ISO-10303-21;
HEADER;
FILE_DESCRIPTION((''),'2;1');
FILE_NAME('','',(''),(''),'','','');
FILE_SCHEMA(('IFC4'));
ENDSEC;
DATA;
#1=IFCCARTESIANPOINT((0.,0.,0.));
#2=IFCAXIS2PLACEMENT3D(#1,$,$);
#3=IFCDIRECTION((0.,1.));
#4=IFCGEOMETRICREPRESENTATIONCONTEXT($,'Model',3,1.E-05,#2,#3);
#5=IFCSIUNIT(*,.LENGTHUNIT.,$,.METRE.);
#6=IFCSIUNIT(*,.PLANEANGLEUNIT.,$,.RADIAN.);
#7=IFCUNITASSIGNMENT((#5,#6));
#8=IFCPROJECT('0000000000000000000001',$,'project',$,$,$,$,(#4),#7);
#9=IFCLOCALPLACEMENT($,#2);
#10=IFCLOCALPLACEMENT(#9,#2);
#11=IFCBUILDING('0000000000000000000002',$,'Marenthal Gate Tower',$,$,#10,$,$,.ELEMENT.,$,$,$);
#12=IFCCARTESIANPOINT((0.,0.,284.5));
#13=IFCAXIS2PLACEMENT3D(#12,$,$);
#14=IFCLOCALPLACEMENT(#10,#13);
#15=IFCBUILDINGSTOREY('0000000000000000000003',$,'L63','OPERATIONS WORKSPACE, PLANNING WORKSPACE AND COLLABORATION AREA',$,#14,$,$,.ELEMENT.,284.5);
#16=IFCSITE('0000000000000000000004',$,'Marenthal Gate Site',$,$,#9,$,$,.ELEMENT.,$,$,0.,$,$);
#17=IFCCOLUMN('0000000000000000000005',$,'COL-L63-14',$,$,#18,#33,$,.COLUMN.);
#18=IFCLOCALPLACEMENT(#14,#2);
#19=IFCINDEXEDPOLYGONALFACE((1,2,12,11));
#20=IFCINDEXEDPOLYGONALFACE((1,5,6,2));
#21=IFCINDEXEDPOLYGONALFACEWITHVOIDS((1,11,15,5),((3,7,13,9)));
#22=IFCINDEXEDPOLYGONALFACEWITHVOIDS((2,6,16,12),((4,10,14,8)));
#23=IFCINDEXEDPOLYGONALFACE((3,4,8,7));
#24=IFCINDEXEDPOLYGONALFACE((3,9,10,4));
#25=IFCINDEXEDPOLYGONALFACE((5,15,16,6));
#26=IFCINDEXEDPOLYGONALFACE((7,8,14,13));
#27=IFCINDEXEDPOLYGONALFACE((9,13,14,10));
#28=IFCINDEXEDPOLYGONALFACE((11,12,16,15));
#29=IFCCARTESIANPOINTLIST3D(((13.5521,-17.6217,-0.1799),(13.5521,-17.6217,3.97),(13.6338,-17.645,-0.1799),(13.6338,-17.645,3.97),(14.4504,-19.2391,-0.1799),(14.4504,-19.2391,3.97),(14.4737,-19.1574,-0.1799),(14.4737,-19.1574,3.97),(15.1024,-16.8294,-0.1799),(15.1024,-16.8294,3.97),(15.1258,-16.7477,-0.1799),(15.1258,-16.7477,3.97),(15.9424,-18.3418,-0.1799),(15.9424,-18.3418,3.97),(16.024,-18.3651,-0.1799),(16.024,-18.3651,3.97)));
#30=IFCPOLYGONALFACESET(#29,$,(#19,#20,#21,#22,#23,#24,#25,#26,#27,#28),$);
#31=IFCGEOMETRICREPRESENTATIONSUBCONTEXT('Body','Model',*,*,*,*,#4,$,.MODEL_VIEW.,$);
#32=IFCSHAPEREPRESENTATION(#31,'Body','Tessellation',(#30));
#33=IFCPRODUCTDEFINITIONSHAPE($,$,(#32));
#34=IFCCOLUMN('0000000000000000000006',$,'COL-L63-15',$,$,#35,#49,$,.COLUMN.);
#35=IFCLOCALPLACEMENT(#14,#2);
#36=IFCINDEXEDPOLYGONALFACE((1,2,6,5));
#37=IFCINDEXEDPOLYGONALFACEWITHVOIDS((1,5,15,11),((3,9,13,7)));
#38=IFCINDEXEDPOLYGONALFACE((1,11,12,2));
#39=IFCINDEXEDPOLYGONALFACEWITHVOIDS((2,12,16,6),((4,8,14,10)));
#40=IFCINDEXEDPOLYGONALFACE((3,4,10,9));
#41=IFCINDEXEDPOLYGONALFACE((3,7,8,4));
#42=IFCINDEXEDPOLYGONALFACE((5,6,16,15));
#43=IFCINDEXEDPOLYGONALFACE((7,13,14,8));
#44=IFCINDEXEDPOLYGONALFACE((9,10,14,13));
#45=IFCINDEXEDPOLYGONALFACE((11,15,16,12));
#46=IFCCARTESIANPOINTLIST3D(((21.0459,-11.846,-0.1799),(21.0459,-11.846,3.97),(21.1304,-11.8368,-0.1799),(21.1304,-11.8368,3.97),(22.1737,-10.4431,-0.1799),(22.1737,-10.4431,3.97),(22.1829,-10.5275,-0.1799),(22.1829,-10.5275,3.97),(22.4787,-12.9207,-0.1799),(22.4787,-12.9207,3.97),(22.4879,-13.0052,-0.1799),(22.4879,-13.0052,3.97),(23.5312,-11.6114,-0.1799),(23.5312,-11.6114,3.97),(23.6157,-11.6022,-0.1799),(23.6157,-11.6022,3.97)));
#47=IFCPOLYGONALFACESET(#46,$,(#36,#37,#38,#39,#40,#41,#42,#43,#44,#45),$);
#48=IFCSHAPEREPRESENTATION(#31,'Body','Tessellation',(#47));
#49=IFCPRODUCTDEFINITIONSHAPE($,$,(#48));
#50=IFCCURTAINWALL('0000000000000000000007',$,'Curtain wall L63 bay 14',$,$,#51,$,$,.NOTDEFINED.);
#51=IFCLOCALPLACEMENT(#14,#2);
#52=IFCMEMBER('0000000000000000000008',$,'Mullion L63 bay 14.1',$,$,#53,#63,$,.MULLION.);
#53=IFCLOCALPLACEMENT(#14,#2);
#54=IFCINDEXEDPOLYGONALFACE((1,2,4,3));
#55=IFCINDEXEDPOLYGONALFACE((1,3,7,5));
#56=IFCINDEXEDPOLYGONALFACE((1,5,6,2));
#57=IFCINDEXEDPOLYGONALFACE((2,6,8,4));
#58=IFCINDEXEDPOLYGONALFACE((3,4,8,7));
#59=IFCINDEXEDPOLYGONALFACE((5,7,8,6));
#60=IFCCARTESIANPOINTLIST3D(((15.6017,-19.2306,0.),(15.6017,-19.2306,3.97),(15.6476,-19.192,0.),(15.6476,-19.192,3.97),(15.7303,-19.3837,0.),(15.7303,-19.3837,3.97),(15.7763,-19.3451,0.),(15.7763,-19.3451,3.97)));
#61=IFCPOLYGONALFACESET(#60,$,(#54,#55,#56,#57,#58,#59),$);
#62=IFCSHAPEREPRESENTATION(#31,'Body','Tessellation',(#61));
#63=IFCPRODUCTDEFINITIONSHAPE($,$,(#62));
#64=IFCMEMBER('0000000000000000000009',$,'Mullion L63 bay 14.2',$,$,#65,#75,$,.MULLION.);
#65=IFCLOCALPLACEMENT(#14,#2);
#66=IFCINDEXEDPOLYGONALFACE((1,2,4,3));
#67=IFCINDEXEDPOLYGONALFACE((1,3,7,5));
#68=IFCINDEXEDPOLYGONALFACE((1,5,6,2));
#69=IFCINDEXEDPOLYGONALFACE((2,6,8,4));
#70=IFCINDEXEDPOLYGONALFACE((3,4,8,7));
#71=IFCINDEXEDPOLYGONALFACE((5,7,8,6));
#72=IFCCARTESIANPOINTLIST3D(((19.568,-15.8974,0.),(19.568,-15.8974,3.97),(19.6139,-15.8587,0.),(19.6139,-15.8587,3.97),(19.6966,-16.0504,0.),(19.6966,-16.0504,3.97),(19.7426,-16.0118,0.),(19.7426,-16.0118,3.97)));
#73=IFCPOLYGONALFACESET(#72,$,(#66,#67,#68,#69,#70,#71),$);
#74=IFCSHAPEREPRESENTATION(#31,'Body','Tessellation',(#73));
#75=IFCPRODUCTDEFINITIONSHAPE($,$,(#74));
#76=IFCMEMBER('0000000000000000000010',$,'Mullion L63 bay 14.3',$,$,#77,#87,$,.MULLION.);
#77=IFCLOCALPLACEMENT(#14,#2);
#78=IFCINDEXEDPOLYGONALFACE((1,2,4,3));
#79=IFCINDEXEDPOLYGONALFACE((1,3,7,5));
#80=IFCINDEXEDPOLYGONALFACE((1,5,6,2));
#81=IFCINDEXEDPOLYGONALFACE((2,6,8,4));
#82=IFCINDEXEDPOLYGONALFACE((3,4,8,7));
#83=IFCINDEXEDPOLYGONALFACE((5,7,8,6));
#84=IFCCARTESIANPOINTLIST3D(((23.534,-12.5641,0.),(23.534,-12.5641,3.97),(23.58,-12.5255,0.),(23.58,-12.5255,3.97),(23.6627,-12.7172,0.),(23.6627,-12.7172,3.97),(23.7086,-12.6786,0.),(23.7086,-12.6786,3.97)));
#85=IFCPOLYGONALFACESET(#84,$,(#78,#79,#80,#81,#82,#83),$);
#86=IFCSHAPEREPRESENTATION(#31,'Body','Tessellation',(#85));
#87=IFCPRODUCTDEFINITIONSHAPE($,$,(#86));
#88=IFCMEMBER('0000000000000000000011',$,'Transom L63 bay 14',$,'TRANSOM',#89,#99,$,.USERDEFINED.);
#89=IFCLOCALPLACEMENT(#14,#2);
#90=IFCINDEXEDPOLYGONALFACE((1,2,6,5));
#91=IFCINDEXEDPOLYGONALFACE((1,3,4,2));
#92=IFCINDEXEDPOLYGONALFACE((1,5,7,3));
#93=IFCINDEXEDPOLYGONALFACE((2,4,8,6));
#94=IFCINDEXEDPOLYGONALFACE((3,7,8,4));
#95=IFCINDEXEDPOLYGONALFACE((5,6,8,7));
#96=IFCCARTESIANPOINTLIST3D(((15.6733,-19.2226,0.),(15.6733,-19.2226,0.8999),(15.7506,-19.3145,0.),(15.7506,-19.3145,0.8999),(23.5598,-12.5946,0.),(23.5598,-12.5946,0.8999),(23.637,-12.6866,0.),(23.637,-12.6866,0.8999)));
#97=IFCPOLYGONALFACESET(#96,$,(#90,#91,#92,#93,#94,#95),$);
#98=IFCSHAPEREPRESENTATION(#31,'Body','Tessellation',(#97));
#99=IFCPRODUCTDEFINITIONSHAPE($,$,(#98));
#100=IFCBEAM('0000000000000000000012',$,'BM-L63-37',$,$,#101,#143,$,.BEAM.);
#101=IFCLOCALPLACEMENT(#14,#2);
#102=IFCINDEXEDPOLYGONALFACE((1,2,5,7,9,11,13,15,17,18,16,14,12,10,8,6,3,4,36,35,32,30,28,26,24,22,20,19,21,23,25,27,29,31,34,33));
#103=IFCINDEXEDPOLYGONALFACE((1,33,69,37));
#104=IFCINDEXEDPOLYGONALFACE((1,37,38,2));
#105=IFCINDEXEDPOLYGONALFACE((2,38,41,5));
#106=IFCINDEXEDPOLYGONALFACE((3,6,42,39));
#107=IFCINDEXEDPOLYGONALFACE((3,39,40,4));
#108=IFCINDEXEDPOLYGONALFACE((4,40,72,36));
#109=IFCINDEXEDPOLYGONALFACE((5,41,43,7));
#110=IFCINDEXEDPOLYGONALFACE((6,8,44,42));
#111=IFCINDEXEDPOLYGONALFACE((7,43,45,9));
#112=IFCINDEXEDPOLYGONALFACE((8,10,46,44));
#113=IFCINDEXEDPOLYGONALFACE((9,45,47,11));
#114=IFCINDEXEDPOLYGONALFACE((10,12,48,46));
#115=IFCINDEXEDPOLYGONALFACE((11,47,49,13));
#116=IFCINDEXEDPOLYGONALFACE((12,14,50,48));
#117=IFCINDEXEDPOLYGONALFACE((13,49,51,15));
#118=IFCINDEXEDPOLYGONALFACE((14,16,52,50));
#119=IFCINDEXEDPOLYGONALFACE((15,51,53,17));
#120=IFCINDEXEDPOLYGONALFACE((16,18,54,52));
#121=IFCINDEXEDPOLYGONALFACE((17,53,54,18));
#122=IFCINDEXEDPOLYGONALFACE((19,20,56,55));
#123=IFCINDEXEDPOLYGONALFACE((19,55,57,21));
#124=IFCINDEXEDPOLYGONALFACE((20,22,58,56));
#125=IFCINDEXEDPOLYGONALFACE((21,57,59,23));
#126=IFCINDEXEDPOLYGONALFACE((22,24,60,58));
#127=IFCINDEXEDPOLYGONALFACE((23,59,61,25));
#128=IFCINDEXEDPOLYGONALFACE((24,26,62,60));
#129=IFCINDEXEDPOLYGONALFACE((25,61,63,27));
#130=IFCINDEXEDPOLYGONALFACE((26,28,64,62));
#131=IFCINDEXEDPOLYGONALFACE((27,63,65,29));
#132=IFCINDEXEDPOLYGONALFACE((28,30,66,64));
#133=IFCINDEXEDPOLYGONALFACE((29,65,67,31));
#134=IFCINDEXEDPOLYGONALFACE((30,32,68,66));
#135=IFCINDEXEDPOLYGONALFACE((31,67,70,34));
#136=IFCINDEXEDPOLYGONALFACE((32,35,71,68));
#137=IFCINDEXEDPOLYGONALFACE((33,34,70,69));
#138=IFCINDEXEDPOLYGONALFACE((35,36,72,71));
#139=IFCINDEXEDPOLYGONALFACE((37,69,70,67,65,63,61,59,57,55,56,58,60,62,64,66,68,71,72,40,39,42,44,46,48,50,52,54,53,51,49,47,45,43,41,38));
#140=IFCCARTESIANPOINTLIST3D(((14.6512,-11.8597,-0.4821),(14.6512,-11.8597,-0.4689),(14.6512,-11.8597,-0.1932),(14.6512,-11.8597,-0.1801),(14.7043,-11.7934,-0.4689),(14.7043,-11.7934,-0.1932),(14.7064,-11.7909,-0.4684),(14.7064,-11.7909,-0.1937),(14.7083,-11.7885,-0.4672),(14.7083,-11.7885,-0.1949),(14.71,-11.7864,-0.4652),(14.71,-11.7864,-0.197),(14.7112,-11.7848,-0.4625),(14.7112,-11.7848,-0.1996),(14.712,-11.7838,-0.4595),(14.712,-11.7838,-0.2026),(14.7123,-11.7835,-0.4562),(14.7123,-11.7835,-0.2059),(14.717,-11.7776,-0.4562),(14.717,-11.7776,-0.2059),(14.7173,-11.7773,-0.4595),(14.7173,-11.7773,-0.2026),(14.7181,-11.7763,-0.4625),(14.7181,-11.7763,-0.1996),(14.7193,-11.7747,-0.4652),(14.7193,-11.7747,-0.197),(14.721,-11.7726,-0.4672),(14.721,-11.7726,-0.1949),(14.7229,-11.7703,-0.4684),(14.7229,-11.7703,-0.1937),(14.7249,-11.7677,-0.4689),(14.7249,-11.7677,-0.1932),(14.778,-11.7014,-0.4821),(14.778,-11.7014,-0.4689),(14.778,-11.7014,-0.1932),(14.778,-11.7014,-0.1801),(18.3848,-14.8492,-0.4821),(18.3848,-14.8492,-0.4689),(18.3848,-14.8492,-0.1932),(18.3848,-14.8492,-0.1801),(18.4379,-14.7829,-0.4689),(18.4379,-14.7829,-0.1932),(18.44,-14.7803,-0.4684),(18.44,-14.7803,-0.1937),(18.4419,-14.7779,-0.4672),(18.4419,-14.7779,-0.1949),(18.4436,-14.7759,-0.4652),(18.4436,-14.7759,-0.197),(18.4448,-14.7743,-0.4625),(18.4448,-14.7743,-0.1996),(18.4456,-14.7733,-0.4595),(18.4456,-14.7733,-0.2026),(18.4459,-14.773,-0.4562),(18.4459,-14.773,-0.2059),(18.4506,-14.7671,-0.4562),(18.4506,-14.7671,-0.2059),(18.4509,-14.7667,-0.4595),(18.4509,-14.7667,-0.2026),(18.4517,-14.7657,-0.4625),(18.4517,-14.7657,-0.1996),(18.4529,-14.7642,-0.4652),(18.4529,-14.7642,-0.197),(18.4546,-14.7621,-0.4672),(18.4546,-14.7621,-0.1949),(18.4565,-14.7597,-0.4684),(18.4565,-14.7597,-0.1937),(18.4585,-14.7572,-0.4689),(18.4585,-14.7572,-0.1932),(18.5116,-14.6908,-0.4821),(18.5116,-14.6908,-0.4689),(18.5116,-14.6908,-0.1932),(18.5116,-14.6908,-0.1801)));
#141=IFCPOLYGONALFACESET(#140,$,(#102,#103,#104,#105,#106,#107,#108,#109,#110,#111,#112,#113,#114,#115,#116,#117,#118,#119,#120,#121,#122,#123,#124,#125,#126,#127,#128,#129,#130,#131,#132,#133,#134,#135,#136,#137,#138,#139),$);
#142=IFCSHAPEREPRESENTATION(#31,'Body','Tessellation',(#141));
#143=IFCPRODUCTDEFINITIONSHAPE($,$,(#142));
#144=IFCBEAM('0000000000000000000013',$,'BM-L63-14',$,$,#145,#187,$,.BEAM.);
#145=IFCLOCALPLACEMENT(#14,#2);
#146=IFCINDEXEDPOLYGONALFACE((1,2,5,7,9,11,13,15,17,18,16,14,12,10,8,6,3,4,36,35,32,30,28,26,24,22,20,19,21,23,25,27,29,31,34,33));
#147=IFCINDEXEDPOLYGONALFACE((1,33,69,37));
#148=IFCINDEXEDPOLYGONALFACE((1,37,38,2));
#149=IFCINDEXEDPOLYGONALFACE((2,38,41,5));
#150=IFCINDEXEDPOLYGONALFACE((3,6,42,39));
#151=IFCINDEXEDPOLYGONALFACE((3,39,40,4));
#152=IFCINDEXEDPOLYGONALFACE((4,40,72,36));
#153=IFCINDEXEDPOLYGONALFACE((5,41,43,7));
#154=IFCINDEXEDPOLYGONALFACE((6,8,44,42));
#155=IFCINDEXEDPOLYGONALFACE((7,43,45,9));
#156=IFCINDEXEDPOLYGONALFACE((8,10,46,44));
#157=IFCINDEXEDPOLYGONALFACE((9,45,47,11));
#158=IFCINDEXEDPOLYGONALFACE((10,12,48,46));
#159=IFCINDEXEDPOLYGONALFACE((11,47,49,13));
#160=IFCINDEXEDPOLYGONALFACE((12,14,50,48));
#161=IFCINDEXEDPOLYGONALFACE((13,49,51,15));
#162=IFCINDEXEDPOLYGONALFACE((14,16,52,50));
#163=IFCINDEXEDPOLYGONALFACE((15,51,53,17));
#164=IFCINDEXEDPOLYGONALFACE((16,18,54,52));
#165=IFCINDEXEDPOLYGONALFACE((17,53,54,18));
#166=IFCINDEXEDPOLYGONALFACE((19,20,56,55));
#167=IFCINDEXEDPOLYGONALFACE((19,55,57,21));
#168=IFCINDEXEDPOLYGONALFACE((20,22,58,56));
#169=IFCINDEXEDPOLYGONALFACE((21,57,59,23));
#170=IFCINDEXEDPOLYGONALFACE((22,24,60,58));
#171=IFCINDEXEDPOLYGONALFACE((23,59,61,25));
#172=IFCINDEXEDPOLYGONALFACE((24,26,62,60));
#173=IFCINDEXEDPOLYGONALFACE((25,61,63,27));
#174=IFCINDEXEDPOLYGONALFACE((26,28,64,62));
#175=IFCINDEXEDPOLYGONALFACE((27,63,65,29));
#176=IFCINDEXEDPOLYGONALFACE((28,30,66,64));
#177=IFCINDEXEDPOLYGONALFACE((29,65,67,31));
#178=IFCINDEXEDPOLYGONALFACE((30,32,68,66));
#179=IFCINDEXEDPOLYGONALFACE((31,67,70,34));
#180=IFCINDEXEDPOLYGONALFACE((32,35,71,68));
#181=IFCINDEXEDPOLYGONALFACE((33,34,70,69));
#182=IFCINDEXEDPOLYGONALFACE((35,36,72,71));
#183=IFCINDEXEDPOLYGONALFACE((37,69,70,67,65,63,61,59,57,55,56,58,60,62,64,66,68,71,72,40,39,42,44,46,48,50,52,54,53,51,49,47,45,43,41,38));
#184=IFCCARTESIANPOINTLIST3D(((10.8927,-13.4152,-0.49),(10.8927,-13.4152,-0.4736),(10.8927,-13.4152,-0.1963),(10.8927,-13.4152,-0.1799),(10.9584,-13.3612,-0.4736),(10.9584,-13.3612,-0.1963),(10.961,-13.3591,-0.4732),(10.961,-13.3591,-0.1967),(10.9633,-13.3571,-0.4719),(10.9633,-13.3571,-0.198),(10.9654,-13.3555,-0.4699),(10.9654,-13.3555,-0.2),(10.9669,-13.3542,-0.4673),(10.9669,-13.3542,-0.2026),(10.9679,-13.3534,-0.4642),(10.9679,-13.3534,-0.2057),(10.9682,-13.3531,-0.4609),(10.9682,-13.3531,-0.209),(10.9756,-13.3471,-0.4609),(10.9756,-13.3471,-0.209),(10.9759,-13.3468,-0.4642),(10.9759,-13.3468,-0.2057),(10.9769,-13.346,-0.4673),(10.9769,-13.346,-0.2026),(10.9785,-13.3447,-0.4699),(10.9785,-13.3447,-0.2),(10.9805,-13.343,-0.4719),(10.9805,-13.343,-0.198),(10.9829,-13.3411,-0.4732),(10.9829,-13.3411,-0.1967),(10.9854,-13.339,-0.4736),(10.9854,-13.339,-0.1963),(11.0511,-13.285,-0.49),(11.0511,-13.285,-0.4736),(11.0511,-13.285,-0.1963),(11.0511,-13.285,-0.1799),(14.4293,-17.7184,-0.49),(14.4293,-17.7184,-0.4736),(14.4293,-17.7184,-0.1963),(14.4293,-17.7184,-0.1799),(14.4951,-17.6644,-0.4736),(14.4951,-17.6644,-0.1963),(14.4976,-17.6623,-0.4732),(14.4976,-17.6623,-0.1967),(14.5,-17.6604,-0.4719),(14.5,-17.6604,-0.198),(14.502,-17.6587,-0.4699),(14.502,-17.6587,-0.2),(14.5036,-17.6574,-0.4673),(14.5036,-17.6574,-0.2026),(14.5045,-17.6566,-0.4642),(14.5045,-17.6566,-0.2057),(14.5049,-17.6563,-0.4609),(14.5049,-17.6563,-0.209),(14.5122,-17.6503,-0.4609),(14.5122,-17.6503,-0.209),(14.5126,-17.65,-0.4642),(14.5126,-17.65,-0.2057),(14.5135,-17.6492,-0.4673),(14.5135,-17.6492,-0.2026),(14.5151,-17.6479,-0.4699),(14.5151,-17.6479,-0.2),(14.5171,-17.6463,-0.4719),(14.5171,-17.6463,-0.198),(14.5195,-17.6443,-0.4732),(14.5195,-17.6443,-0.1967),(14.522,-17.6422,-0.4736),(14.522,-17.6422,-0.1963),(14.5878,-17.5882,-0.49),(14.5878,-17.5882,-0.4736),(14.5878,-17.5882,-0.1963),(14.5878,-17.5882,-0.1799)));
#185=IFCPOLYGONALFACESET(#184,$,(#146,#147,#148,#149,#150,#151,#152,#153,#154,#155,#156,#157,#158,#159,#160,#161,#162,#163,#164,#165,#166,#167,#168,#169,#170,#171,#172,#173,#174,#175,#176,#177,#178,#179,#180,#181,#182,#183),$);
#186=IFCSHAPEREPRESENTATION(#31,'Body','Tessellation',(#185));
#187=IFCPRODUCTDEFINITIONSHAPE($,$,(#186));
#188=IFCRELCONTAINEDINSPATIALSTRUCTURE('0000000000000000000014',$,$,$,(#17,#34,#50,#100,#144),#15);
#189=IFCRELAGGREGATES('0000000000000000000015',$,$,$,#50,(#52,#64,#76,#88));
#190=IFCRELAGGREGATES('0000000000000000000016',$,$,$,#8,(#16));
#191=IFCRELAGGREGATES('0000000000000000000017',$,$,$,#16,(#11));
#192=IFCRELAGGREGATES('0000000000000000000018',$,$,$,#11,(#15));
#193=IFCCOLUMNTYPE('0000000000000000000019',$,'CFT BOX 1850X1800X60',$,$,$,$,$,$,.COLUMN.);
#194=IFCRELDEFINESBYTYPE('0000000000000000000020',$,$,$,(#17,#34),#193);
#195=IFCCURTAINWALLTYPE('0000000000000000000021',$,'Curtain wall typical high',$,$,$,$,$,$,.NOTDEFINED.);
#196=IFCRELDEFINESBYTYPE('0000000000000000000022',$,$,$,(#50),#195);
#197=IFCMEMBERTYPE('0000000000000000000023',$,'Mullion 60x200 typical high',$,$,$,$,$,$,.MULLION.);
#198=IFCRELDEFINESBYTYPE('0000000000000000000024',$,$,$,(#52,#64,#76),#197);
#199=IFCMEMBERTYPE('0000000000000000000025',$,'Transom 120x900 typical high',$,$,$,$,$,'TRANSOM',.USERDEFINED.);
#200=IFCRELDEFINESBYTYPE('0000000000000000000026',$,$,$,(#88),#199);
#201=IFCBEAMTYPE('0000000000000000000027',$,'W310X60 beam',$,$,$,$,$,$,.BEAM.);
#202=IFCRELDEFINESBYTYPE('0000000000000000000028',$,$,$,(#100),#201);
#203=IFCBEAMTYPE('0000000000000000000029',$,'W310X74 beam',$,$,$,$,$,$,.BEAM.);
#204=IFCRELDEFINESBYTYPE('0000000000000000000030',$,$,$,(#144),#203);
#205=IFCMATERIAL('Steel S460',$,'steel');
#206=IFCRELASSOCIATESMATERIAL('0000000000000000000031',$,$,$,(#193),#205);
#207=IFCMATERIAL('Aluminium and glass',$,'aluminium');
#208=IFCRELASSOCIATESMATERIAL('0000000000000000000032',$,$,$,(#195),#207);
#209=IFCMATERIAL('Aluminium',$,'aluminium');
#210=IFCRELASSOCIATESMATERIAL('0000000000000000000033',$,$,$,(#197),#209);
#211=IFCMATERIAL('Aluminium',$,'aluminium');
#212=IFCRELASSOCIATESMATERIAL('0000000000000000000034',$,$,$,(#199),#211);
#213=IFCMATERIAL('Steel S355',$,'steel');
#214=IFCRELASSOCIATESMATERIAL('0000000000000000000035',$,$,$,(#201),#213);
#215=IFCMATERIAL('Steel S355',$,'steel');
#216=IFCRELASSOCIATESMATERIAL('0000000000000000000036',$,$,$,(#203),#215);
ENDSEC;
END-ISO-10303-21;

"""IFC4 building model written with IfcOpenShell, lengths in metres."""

from ifc_helpers import new_model, si_unit, direction, frame, origin, origin_2d, place, context, subcontext, project, spatial, rectangle, hollow_rectangle, i_section, extrude, material, material_profile, profile_set, type_object, element, aggregate, save


model = new_model("IFC4")

# Units and contexts
model_context = context("Model", 3, precision=1e-05, world=origin(), true_north=direction((0.0, 1.0)))
body_context = subcontext(model_context, "Body", "Model", "MODEL_VIEW")
ifc_project = project(units=[si_unit("LENGTHUNIT", "METRE"), si_unit("PLANEANGLEUNIT", "RADIAN")], contexts=[model_context])

# Site, building, storey
site_placement = place(None, origin())
site = spatial("IfcSite", under=ifc_project, at=site_placement, Name="Marenthal Gate Site", CompositionType="ELEMENT", RefElevation=0.0)
building_placement = place(site_placement, origin())
building = spatial("IfcBuilding", under=site, at=building_placement, Name="Marenthal Gate Tower", CompositionType="ELEMENT")
storey_placement = place(building_placement, frame((0.0, 0.0, 284.5)))
storey = spatial("IfcBuildingStorey", under=building, at=storey_placement, Name="L63", Description="OPERATIONS WORKSPACE, PLANNING WORKSPACE AND COLLABORATION AREA", CompositionType="ELEMENT", Elevation=284.5)

# Columns
ifc_material_1 = material(Name="Steel S460", Category="steel")
ifc_material_profile_1 = material_profile(ifc_material_1, hollow_rectangle(XDim=1.8, YDim=1.8501, WallThickness=0.0601, at=origin_2d()), Name="CFT BOX 1850X1800X60")
ifc_material_2 = material(Name="Concrete 70 MPa", Category="concrete")
ifc_material_profile_2 = material_profile(ifc_material_2, rectangle(XDim=1.6799, YDim=1.73, at=origin_2d()), Name="CFT BOX 1850X1800X60 INFILL")
ifc_profile_set_1 = profile_set([ifc_material_profile_1, ifc_material_profile_2], Name="Steel S460 shell, Concrete 70 MPa infill")
column_type = type_object("IfcColumnType", Name="CFT BOX 1850X1800X60", PredefinedType="COLUMN", material=ifc_profile_set_1)
for number, where, z_axis, x_axis, name in (
    (1, (14.7881, -17.9934, -0.1799), (0.0, 0.0, 1.0), (-0.874222, -0.485527, 0.0), "COL-L63-14"),
    (2, (22.3308, -11.7241, -0.1799), (0.0, 0.0, 1.0), (-0.62654, -0.779389, 0.0), "COL-L63-15"),
):
    element("IfcColumn", number, at=place(storey_placement, frame(where, z_axis=z_axis, x_axis=x_axis)), inside=storey, type_object=column_type, Name=name, PredefinedType="COLUMN", context=body_context, shape_type="SweptSolid", body=[
        extrude(hollow_rectangle(XDim=1.8, YDim=1.8501, WallThickness=0.0601, at=origin_2d()), origin(), (0.0, 0.0, 1.0), 4.1499),
    ])

# Curtain wall, members
ifc_material_3 = material(Name="Aluminium and glass", Category="aluminium")
curtain_wall_type = type_object("IfcCurtainWallType", Name="Curtain wall typical high", PredefinedType="NOTDEFINED", material=ifc_material_3)
curtain_wall_placement = place(storey_placement, origin())
curtain_wall = element("IfcCurtainWall", 3, at=curtain_wall_placement, inside=storey, type_object=curtain_wall_type, Name="Curtain wall L63 bay 14", PredefinedType="NOTDEFINED")
ifc_material_4 = material(Name="Aluminium", Category="aluminium")
ifc_material_profile_3 = material_profile(ifc_material_4, rectangle(XDim=0.2, YDim=0.0601, at=origin_2d()), Name="60x200 aluminium mullion")
ifc_profile_set_2 = profile_set([ifc_material_profile_3], Name="Aluminium")
member_type_1 = type_object("IfcMemberType", Name="Mullion 60x200 typical high", PredefinedType="MULLION", material=ifc_profile_set_2)
member_1_placement = place(storey_placement, frame((15.689, -19.2878, 0.0), z_axis=(0.0, 0.0, 1.0), x_axis=(-0.64338, 0.765547, 0.0)))
member_1 = element("IfcMember", 4, at=member_1_placement, type_object=member_type_1, Name="Mullion L63 bay 14.1", PredefinedType="MULLION", context=body_context, shape_type="SweptSolid", body=[
    extrude(rectangle(XDim=0.2, YDim=0.0601, at=origin_2d()), origin(), (0.0, 0.0, 1.0), 3.97),
])
member_2_placement = place(storey_placement, frame((19.6553, -15.9546, 0.0), z_axis=(0.0, 0.0, 1.0), x_axis=(-0.64338, 0.765547, 0.0)))
member_2 = element("IfcMember", 5, at=member_2_placement, type_object=member_type_1, Name="Mullion L63 bay 14.2", PredefinedType="MULLION", context=body_context, shape_type="SweptSolid", body=[
    extrude(rectangle(XDim=0.2, YDim=0.0601, at=origin_2d()), origin(), (0.0, 0.0, 1.0), 3.97),
])
member_3_placement = place(storey_placement, frame((23.6213, -12.6213, 0.0), z_axis=(0.0, 0.0, 1.0), x_axis=(-0.64338, 0.765547, 0.0)))
member_3 = element("IfcMember", 6, at=member_3_placement, type_object=member_type_1, Name="Mullion L63 bay 14.3", PredefinedType="MULLION", context=body_context, shape_type="SweptSolid", body=[
    extrude(rectangle(XDim=0.2, YDim=0.0601, at=origin_2d()), origin(), (0.0, 0.0, 1.0), 3.97),
])
ifc_material_5 = material(Name="Aluminium", Category="aluminium")
ifc_material_profile_4 = material_profile(ifc_material_5, rectangle(XDim=0.1201, YDim=0.8999, at=origin_2d()), Name="120x900 aluminium transom")
ifc_profile_set_3 = profile_set([ifc_material_profile_4], Name="Aluminium")
member_type_2 = type_object("IfcMemberType", Name="Transom 120x900 typical high", ElementType="TRANSOM", PredefinedType="USERDEFINED", material=ifc_profile_set_3)
member_4_placement = place(storey_placement, frame((15.7119, -19.2686, 0.45), z_axis=(0.765548, 0.643379, 0.0), x_axis=(-0.643379, 0.765548, 0.0)))
member_4 = element("IfcMember", 7, at=member_4_placement, type_object=member_type_2, Name="Transom L63 bay 14", ObjectType="TRANSOM", PredefinedType="USERDEFINED", context=body_context, shape_type="SweptSolid", body=[
    extrude(rectangle(XDim=0.1201, YDim=0.8999, at=origin_2d()), origin(), (0.0, 0.0, 1.0), 10.3018),
])

# Beams
ifc_material_6 = material(Name="Steel S355", Category="steel")
ifc_material_profile_5 = material_profile(ifc_material_6, i_section(OverallWidth=0.2029, OverallDepth=0.302, WebThickness=0.0076, FlangeThickness=0.0132, FilletRadius=0.0127, at=origin_2d()), Name="W310X60")
ifc_profile_set_4 = profile_set([ifc_material_profile_5], Name="Steel S355")
beam_type_1 = type_object("IfcBeamType", Name="W310X60 beam", PredefinedType="BEAM", material=ifc_profile_set_4)
beam_1_placement = place(storey_placement, frame((18.4482, -14.77, -0.3311), z_axis=(-0.780605, 0.625025, 0.0), x_axis=(-0.625025, -0.780605, 0.0)))
element("IfcBeam", 8, at=beam_1_placement, inside=storey, type_object=beam_type_1, Name="BM-L63-37", PredefinedType="BEAM", context=body_context, shape_type="SweptSolid", body=[
    extrude(i_section(OverallWidth=0.2029, OverallDepth=0.302, WebThickness=0.0076, FlangeThickness=0.0132, FilletRadius=0.0127, at=origin_2d()), origin(), (0.0, 0.0, 1.0), 4.783),
])
ifc_material_7 = material(Name="Steel S355", Category="steel")
ifc_material_profile_6 = material_profile(ifc_material_7, i_section(OverallWidth=0.2051, OverallDepth=0.3101, WebThickness=0.0095, FlangeThickness=0.0164, FilletRadius=0.0127, at=origin_2d()), Name="W310X74")
ifc_profile_set_5 = profile_set([ifc_material_profile_6], Name="Steel S355")
beam_type_2 = type_object("IfcBeamType", Name="W310X74 beam", PredefinedType="BEAM", material=ifc_profile_set_5)
beam_2_placement = place(storey_placement, frame((14.5085, -17.6533, -0.335), z_axis=(-0.634936, 0.772565, 0.0), x_axis=(-0.772565, -0.634936, 0.0)))
element("IfcBeam", 9, at=beam_2_placement, inside=storey, type_object=beam_type_2, Name="BM-L63-14", PredefinedType="BEAM", context=body_context, shape_type="SweptSolid", body=[
    extrude(i_section(OverallWidth=0.2051, OverallDepth=0.3101, WebThickness=0.0095, FlangeThickness=0.0164, FilletRadius=0.0127, at=origin_2d()), origin(), (0.0, 0.0, 1.0), 5.5701),
])

aggregate(curtain_wall, [member_1, member_2, member_3, member_4])

save(model, "model.ifc")
